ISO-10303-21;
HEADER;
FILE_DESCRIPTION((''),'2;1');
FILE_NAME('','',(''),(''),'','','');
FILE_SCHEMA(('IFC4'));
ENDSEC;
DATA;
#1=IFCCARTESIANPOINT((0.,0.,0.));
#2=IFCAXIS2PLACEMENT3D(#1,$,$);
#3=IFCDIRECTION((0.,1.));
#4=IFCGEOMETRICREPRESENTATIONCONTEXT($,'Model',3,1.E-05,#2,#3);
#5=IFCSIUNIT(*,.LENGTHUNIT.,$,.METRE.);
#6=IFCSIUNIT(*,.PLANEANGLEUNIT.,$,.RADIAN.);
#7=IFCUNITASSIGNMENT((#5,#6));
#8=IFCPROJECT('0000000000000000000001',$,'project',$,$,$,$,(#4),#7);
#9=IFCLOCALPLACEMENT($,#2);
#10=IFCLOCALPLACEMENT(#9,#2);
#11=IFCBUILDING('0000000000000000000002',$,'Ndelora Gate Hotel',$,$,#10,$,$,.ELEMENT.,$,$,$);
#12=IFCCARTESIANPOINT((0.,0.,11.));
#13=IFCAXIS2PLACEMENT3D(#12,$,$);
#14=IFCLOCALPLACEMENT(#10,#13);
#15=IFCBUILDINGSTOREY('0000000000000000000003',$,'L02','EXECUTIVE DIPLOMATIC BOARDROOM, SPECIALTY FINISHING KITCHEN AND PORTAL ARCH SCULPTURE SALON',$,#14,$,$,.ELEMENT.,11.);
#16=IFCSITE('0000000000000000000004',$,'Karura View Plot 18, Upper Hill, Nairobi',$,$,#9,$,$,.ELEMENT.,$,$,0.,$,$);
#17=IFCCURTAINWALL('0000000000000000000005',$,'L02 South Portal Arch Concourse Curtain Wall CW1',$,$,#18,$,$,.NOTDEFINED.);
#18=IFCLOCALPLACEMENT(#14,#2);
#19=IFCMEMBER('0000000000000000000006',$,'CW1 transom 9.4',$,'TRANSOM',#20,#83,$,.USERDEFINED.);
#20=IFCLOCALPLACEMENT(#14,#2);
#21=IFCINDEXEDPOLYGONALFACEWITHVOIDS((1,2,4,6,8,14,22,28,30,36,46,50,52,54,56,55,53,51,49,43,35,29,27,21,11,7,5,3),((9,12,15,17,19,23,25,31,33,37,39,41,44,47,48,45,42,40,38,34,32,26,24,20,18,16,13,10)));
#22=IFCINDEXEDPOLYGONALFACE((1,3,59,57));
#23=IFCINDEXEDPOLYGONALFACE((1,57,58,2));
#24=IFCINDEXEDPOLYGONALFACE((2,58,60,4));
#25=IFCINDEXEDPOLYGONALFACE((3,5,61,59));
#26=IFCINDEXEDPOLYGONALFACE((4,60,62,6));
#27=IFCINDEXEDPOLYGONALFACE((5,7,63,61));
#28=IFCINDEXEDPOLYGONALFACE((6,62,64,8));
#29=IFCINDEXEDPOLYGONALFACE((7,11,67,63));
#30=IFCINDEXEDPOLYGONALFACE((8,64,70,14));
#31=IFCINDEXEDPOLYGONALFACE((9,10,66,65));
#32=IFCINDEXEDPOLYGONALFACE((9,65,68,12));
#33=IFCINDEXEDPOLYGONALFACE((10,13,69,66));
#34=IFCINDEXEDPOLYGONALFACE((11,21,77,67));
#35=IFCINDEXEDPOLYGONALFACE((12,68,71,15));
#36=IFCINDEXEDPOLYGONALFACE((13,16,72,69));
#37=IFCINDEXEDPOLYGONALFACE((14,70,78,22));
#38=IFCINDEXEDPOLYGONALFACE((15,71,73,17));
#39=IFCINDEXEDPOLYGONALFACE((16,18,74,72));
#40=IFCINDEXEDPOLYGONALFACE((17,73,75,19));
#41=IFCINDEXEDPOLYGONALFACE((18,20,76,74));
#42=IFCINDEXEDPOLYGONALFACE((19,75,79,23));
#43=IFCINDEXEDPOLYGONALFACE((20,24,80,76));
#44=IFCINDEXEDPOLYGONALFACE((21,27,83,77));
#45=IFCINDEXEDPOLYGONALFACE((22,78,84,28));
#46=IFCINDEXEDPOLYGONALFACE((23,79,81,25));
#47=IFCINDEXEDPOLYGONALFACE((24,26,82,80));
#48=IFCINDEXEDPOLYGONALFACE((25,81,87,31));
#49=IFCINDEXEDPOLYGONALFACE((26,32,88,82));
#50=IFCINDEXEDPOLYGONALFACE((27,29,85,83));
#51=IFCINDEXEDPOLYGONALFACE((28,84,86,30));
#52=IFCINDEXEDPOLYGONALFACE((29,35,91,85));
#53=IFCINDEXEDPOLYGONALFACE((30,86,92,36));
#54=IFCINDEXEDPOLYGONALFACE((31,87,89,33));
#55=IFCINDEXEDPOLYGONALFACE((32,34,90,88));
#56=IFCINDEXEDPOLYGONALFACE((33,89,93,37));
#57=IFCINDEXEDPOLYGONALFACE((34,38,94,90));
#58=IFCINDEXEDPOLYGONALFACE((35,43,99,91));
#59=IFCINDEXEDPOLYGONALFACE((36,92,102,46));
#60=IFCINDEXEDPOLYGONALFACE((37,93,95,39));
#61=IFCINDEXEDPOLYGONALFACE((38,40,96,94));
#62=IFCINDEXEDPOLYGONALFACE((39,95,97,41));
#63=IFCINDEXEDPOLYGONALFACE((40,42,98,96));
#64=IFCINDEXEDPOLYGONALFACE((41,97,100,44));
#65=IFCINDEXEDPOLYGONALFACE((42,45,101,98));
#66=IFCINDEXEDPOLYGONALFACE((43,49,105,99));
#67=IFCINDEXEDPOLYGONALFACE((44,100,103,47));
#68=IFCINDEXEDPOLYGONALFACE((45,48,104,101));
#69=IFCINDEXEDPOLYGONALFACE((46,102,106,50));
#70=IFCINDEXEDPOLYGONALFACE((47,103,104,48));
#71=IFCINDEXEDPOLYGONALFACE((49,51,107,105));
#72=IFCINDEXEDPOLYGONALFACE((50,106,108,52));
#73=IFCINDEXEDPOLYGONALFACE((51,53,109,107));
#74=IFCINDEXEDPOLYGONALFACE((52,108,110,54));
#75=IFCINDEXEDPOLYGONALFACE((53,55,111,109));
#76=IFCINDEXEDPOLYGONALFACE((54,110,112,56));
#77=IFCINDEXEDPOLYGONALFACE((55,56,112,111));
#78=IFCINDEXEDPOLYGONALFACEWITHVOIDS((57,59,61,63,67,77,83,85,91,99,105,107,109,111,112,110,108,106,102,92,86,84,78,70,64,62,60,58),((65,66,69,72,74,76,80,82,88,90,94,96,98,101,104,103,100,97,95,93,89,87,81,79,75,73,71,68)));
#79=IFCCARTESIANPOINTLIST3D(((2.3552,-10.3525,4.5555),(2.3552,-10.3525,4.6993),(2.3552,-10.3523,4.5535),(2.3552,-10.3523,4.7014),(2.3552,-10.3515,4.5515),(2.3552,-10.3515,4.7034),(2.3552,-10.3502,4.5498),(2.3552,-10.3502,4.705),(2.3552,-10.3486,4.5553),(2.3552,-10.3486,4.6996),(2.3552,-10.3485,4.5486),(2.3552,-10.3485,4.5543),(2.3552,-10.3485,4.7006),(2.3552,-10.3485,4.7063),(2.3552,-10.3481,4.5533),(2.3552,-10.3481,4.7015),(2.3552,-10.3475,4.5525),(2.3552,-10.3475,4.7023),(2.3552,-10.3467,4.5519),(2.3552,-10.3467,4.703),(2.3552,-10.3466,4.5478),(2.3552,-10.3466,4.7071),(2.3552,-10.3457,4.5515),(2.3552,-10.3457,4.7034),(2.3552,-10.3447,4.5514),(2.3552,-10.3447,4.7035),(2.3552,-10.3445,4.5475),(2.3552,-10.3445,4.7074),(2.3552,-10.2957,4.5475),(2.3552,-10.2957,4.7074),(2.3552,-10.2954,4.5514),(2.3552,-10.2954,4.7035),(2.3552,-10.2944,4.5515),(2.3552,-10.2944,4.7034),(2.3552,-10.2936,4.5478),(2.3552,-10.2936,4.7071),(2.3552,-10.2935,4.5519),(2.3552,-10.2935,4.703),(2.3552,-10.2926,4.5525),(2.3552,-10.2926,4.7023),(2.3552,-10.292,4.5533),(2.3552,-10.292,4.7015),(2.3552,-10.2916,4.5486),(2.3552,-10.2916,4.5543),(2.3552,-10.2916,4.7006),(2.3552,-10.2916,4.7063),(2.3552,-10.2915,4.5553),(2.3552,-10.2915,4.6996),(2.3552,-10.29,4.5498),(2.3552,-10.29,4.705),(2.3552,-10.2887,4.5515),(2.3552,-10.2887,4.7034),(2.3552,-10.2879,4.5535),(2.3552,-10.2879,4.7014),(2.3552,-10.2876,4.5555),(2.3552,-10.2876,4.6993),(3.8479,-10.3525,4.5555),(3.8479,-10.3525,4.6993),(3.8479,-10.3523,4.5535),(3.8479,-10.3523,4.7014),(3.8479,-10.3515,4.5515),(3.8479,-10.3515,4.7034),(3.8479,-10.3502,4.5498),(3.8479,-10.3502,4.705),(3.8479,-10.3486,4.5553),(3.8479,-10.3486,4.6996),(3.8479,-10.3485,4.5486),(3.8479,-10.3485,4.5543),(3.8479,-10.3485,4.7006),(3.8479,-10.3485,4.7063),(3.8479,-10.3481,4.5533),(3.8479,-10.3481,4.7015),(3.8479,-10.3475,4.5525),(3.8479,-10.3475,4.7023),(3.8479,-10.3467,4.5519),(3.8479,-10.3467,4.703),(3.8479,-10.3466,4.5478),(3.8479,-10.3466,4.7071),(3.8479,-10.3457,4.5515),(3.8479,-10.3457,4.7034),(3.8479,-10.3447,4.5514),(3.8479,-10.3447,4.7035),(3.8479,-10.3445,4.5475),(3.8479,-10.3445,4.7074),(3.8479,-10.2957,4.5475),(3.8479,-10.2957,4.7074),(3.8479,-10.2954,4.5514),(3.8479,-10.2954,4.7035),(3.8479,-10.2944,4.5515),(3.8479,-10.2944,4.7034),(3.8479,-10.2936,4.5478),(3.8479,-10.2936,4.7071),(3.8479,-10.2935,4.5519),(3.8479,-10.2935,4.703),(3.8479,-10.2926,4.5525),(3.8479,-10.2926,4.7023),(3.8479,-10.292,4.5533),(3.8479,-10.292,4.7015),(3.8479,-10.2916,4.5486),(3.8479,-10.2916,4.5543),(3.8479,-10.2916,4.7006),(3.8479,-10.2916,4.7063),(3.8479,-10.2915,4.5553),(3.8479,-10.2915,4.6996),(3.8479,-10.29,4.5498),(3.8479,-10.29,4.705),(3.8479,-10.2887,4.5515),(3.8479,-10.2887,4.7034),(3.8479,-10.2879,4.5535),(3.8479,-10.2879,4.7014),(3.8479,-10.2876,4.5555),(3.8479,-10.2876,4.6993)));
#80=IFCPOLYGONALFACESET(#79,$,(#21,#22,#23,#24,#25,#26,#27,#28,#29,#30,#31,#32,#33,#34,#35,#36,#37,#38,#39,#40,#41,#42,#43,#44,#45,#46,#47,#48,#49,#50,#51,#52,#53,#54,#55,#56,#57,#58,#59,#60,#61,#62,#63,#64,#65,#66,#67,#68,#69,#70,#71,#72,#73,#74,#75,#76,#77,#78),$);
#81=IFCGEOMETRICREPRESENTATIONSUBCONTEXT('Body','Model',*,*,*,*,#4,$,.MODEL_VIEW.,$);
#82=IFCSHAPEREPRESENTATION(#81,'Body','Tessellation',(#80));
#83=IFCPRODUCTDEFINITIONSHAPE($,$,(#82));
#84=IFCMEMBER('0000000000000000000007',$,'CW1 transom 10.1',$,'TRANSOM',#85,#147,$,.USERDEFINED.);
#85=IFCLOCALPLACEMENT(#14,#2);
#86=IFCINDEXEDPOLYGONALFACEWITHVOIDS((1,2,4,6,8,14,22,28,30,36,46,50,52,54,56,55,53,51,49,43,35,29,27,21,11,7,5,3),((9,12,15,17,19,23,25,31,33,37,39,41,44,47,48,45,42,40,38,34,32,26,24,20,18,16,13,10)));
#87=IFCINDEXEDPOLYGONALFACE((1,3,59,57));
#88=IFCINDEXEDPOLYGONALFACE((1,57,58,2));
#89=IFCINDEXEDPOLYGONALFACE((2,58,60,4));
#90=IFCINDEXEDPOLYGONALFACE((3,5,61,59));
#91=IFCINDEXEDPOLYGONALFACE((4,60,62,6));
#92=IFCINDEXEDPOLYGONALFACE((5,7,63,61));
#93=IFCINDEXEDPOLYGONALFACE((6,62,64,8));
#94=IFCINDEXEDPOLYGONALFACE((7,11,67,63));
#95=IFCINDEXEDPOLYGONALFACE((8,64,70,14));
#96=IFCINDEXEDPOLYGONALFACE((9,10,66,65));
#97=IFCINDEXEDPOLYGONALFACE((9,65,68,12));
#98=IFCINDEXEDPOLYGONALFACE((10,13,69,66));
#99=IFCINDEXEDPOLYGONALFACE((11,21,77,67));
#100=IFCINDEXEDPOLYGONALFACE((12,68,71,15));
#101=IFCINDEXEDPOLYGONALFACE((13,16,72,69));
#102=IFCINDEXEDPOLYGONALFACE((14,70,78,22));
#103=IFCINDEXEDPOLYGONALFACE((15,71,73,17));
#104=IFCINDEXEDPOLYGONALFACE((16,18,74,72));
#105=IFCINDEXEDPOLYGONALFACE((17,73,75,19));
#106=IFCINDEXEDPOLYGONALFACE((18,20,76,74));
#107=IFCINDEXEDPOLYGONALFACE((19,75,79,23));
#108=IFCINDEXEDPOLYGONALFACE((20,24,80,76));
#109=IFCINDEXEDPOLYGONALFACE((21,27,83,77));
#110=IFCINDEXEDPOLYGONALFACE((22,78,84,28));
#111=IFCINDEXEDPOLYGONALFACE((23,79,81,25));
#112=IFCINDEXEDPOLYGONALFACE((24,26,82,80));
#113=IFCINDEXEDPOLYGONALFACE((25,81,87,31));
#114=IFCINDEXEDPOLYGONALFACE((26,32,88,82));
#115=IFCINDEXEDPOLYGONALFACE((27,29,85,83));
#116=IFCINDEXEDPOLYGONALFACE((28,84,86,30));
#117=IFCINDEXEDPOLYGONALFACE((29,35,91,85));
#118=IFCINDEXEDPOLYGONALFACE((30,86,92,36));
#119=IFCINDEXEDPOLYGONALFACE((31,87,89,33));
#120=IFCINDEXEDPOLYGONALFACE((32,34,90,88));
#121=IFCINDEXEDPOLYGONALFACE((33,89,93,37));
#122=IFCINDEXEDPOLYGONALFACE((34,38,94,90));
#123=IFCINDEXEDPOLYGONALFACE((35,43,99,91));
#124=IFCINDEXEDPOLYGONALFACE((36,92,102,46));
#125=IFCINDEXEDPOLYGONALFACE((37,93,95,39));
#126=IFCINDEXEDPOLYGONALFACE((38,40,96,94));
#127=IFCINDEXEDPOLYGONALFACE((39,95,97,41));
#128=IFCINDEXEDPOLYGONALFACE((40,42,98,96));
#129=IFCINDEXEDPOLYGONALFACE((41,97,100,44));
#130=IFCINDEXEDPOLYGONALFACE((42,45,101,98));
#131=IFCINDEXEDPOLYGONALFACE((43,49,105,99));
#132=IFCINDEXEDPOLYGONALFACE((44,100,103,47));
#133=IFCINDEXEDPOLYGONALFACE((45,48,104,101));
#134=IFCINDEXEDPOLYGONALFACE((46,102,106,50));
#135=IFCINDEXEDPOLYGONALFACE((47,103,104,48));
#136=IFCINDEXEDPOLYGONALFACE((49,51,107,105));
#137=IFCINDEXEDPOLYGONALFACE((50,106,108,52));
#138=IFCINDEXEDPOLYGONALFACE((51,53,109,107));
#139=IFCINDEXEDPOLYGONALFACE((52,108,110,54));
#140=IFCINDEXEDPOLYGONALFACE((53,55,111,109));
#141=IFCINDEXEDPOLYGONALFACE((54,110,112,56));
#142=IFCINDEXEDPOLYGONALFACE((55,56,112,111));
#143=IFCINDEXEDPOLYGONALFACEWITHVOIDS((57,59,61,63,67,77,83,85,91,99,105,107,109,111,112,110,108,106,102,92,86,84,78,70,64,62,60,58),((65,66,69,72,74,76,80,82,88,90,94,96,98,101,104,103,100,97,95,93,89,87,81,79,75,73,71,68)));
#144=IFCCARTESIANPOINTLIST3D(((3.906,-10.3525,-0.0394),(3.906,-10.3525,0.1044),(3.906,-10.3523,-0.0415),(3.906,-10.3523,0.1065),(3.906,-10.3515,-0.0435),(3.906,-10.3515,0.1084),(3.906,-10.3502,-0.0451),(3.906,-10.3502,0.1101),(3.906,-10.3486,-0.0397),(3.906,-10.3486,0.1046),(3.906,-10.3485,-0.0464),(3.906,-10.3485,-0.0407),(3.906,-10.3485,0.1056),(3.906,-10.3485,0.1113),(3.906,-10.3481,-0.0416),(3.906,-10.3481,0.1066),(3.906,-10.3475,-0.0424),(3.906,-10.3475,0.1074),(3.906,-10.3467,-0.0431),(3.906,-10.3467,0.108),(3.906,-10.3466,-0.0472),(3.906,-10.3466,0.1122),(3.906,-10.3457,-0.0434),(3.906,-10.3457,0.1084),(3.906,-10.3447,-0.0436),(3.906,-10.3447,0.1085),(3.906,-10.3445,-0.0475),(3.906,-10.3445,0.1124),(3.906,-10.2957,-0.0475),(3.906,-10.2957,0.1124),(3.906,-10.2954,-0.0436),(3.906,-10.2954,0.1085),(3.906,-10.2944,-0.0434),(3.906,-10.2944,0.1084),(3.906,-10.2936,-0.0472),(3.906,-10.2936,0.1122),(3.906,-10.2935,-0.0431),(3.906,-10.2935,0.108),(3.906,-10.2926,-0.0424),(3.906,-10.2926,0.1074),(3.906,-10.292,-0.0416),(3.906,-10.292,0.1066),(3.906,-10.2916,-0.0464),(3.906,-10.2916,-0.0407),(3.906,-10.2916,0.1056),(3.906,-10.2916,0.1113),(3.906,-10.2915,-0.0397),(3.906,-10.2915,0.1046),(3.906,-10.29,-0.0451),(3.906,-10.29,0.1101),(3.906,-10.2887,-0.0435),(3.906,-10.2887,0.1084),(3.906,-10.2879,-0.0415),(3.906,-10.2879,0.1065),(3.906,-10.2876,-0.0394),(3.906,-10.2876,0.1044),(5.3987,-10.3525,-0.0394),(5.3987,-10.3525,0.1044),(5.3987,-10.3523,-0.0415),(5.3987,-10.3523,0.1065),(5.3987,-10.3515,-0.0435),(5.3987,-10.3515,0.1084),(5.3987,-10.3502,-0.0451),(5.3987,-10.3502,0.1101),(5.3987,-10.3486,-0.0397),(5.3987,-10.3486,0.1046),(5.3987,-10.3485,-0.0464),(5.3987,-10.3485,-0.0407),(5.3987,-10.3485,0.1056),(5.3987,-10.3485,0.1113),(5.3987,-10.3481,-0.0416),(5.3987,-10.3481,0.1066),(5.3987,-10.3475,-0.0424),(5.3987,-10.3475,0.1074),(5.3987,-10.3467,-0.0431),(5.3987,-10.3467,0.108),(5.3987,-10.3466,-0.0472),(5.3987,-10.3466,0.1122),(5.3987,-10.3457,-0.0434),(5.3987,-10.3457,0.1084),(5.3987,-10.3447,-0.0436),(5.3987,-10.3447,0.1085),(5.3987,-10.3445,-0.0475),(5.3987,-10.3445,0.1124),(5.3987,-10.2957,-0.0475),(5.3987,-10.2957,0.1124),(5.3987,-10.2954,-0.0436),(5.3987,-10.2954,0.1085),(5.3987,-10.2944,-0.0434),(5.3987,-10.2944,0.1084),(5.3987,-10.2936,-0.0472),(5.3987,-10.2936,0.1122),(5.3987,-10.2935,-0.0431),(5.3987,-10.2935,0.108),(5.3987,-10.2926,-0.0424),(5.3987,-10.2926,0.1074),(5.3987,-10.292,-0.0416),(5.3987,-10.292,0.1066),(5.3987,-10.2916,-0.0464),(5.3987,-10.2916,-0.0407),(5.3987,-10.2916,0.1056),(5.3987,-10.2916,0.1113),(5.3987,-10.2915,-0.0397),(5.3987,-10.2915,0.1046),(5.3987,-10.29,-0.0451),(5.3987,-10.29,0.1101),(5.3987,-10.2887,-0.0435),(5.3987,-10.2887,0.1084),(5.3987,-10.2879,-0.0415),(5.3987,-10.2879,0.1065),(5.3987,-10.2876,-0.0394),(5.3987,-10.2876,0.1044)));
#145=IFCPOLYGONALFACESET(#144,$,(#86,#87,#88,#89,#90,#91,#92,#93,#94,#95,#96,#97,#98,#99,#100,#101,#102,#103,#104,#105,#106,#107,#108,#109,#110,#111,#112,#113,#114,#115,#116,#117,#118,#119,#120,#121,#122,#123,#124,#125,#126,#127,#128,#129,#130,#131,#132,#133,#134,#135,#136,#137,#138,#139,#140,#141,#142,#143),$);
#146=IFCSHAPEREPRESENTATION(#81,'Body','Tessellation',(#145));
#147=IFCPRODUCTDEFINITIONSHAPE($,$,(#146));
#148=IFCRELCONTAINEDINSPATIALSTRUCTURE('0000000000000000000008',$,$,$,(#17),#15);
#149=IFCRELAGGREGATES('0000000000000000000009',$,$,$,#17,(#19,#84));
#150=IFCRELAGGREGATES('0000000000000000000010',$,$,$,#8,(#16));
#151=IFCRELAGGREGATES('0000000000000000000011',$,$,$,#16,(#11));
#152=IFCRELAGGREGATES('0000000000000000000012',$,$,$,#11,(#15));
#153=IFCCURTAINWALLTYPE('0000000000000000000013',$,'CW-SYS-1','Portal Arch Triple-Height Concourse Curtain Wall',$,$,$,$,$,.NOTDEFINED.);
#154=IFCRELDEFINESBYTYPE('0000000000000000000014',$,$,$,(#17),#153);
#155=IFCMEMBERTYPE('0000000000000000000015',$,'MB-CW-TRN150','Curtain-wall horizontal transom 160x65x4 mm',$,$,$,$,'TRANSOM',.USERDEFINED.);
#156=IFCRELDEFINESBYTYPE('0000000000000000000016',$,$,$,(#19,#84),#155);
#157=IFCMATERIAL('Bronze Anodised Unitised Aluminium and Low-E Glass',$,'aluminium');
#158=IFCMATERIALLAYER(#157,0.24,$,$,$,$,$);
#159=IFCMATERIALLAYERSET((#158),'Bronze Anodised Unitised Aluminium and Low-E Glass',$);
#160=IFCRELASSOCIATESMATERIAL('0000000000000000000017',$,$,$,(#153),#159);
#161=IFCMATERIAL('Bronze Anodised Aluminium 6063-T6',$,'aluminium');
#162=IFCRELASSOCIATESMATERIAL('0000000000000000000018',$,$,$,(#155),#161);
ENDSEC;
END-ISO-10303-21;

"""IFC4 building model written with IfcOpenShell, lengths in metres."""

from ifc_helpers import new_model, si_unit, direction, frame, origin, origin_2d, place, context, subcontext, project, spatial, hollow_rectangle, extrude, material, layer, layer_set, material_profile, profile_set, type_object, element, aggregate, save


model = new_model("IFC4")

# Units and contexts
model_context = context("Model", 3, precision=1e-05, world=origin(), true_north=direction((0.0, 1.0)))
body_context = subcontext(model_context, "Body", "Model", "MODEL_VIEW")
ifc_project = project(units=[si_unit("LENGTHUNIT", "METRE"), si_unit("PLANEANGLEUNIT", "RADIAN")], contexts=[model_context])

# Site, building, storey
site_placement = place(None, origin())
site = spatial("IfcSite", under=ifc_project, at=site_placement, Name="Karura View Plot 18, Upper Hill, Nairobi", CompositionType="ELEMENT", RefElevation=0.0)
building_placement = place(site_placement, origin())
building = spatial("IfcBuilding", under=site, at=building_placement, Name="Ndelora Gate Hotel", CompositionType="ELEMENT")
storey_placement = place(building_placement, frame((0.0, 0.0, 11.0)))
storey = spatial("IfcBuildingStorey", under=building, at=storey_placement, Name="L02", Description="EXECUTIVE DIPLOMATIC BOARDROOM, SPECIALTY FINISHING KITCHEN AND PORTAL ARCH SCULPTURE SALON", CompositionType="ELEMENT", Elevation=11.0)

# Curtain wall, members
ifc_material_1 = material(Name="Bronze Anodised Unitised Aluminium and Low-E Glass", Category="aluminium")
ifc_layer_1 = layer(ifc_material_1, 0.24)
ifc_layer_set_1 = layer_set([ifc_layer_1], Name="Bronze Anodised Unitised Aluminium and Low-E Glass")
curtain_wall_type = type_object("IfcCurtainWallType", Name="CW-SYS-1", Description="Portal Arch Triple-Height Concourse Curtain Wall", PredefinedType="NOTDEFINED", material=ifc_layer_set_1)
curtain_wall_placement = place(storey_placement, origin())
curtain_wall = element("IfcCurtainWall", 1, at=curtain_wall_placement, inside=storey, type_object=curtain_wall_type, Name="L02 South Portal Arch Concourse Curtain Wall CW1", PredefinedType="NOTDEFINED")
ifc_material_2 = material(Name="Bronze Anodised Aluminium 6063-T6", Category="aluminium")
ifc_material_profile_1 = material_profile(ifc_material_2, hollow_rectangle(XDim=0.0649, YDim=0.1599, WallThickness=0.0039, InnerFilletRadius=0.0039, OuterFilletRadius=0.0081, at=origin_2d()), Name="ALU 160x65x4")
ifc_profile_set_1 = profile_set([ifc_material_profile_1], Name="Bronze Anodised Aluminium 6063-T6")
member_type_1 = type_object("IfcMemberType", Name="MB-CW-TRN150", Description="Curtain-wall horizontal transom 160x65x4 mm", ElementType="TRANSOM", PredefinedType="USERDEFINED", material=ifc_profile_set_1)
member_1_placement = place(storey_placement, frame((2.3552, -10.3201, 4.6274), z_axis=(1.0, 0.0, 0.0), x_axis=(0.0, 1.0, 0.0)))
member_1 = element("IfcMember", 2, at=member_1_placement, type_object=member_type_1, Name="CW1 transom 9.4", ObjectType="TRANSOM", PredefinedType="USERDEFINED", context=body_context, shape_type="SweptSolid", body=[
    extrude(hollow_rectangle(XDim=0.0649, YDim=0.1599, WallThickness=0.0039, InnerFilletRadius=0.0039, OuterFilletRadius=0.0081, at=origin_2d()), origin(), (0.0, 0.0, 1.0), 1.4927),
])
member_2_placement = place(storey_placement, frame((3.906, -10.3201, 0.0325), z_axis=(1.0, 0.0, 0.0), x_axis=(0.0, 1.0, 0.0)))
member_2 = element("IfcMember", 3, at=member_2_placement, type_object=member_type_1, Name="CW1 transom 10.1", ObjectType="TRANSOM", PredefinedType="USERDEFINED", context=body_context, shape_type="SweptSolid", body=[
    extrude(hollow_rectangle(XDim=0.0649, YDim=0.1599, WallThickness=0.0039, InnerFilletRadius=0.0039, OuterFilletRadius=0.0081, at=origin_2d()), origin(), (0.0, 0.0, 1.0), 1.4927),
])
aggregate(curtain_wall, [member_1, member_2])

save(model, "model.ifc")
